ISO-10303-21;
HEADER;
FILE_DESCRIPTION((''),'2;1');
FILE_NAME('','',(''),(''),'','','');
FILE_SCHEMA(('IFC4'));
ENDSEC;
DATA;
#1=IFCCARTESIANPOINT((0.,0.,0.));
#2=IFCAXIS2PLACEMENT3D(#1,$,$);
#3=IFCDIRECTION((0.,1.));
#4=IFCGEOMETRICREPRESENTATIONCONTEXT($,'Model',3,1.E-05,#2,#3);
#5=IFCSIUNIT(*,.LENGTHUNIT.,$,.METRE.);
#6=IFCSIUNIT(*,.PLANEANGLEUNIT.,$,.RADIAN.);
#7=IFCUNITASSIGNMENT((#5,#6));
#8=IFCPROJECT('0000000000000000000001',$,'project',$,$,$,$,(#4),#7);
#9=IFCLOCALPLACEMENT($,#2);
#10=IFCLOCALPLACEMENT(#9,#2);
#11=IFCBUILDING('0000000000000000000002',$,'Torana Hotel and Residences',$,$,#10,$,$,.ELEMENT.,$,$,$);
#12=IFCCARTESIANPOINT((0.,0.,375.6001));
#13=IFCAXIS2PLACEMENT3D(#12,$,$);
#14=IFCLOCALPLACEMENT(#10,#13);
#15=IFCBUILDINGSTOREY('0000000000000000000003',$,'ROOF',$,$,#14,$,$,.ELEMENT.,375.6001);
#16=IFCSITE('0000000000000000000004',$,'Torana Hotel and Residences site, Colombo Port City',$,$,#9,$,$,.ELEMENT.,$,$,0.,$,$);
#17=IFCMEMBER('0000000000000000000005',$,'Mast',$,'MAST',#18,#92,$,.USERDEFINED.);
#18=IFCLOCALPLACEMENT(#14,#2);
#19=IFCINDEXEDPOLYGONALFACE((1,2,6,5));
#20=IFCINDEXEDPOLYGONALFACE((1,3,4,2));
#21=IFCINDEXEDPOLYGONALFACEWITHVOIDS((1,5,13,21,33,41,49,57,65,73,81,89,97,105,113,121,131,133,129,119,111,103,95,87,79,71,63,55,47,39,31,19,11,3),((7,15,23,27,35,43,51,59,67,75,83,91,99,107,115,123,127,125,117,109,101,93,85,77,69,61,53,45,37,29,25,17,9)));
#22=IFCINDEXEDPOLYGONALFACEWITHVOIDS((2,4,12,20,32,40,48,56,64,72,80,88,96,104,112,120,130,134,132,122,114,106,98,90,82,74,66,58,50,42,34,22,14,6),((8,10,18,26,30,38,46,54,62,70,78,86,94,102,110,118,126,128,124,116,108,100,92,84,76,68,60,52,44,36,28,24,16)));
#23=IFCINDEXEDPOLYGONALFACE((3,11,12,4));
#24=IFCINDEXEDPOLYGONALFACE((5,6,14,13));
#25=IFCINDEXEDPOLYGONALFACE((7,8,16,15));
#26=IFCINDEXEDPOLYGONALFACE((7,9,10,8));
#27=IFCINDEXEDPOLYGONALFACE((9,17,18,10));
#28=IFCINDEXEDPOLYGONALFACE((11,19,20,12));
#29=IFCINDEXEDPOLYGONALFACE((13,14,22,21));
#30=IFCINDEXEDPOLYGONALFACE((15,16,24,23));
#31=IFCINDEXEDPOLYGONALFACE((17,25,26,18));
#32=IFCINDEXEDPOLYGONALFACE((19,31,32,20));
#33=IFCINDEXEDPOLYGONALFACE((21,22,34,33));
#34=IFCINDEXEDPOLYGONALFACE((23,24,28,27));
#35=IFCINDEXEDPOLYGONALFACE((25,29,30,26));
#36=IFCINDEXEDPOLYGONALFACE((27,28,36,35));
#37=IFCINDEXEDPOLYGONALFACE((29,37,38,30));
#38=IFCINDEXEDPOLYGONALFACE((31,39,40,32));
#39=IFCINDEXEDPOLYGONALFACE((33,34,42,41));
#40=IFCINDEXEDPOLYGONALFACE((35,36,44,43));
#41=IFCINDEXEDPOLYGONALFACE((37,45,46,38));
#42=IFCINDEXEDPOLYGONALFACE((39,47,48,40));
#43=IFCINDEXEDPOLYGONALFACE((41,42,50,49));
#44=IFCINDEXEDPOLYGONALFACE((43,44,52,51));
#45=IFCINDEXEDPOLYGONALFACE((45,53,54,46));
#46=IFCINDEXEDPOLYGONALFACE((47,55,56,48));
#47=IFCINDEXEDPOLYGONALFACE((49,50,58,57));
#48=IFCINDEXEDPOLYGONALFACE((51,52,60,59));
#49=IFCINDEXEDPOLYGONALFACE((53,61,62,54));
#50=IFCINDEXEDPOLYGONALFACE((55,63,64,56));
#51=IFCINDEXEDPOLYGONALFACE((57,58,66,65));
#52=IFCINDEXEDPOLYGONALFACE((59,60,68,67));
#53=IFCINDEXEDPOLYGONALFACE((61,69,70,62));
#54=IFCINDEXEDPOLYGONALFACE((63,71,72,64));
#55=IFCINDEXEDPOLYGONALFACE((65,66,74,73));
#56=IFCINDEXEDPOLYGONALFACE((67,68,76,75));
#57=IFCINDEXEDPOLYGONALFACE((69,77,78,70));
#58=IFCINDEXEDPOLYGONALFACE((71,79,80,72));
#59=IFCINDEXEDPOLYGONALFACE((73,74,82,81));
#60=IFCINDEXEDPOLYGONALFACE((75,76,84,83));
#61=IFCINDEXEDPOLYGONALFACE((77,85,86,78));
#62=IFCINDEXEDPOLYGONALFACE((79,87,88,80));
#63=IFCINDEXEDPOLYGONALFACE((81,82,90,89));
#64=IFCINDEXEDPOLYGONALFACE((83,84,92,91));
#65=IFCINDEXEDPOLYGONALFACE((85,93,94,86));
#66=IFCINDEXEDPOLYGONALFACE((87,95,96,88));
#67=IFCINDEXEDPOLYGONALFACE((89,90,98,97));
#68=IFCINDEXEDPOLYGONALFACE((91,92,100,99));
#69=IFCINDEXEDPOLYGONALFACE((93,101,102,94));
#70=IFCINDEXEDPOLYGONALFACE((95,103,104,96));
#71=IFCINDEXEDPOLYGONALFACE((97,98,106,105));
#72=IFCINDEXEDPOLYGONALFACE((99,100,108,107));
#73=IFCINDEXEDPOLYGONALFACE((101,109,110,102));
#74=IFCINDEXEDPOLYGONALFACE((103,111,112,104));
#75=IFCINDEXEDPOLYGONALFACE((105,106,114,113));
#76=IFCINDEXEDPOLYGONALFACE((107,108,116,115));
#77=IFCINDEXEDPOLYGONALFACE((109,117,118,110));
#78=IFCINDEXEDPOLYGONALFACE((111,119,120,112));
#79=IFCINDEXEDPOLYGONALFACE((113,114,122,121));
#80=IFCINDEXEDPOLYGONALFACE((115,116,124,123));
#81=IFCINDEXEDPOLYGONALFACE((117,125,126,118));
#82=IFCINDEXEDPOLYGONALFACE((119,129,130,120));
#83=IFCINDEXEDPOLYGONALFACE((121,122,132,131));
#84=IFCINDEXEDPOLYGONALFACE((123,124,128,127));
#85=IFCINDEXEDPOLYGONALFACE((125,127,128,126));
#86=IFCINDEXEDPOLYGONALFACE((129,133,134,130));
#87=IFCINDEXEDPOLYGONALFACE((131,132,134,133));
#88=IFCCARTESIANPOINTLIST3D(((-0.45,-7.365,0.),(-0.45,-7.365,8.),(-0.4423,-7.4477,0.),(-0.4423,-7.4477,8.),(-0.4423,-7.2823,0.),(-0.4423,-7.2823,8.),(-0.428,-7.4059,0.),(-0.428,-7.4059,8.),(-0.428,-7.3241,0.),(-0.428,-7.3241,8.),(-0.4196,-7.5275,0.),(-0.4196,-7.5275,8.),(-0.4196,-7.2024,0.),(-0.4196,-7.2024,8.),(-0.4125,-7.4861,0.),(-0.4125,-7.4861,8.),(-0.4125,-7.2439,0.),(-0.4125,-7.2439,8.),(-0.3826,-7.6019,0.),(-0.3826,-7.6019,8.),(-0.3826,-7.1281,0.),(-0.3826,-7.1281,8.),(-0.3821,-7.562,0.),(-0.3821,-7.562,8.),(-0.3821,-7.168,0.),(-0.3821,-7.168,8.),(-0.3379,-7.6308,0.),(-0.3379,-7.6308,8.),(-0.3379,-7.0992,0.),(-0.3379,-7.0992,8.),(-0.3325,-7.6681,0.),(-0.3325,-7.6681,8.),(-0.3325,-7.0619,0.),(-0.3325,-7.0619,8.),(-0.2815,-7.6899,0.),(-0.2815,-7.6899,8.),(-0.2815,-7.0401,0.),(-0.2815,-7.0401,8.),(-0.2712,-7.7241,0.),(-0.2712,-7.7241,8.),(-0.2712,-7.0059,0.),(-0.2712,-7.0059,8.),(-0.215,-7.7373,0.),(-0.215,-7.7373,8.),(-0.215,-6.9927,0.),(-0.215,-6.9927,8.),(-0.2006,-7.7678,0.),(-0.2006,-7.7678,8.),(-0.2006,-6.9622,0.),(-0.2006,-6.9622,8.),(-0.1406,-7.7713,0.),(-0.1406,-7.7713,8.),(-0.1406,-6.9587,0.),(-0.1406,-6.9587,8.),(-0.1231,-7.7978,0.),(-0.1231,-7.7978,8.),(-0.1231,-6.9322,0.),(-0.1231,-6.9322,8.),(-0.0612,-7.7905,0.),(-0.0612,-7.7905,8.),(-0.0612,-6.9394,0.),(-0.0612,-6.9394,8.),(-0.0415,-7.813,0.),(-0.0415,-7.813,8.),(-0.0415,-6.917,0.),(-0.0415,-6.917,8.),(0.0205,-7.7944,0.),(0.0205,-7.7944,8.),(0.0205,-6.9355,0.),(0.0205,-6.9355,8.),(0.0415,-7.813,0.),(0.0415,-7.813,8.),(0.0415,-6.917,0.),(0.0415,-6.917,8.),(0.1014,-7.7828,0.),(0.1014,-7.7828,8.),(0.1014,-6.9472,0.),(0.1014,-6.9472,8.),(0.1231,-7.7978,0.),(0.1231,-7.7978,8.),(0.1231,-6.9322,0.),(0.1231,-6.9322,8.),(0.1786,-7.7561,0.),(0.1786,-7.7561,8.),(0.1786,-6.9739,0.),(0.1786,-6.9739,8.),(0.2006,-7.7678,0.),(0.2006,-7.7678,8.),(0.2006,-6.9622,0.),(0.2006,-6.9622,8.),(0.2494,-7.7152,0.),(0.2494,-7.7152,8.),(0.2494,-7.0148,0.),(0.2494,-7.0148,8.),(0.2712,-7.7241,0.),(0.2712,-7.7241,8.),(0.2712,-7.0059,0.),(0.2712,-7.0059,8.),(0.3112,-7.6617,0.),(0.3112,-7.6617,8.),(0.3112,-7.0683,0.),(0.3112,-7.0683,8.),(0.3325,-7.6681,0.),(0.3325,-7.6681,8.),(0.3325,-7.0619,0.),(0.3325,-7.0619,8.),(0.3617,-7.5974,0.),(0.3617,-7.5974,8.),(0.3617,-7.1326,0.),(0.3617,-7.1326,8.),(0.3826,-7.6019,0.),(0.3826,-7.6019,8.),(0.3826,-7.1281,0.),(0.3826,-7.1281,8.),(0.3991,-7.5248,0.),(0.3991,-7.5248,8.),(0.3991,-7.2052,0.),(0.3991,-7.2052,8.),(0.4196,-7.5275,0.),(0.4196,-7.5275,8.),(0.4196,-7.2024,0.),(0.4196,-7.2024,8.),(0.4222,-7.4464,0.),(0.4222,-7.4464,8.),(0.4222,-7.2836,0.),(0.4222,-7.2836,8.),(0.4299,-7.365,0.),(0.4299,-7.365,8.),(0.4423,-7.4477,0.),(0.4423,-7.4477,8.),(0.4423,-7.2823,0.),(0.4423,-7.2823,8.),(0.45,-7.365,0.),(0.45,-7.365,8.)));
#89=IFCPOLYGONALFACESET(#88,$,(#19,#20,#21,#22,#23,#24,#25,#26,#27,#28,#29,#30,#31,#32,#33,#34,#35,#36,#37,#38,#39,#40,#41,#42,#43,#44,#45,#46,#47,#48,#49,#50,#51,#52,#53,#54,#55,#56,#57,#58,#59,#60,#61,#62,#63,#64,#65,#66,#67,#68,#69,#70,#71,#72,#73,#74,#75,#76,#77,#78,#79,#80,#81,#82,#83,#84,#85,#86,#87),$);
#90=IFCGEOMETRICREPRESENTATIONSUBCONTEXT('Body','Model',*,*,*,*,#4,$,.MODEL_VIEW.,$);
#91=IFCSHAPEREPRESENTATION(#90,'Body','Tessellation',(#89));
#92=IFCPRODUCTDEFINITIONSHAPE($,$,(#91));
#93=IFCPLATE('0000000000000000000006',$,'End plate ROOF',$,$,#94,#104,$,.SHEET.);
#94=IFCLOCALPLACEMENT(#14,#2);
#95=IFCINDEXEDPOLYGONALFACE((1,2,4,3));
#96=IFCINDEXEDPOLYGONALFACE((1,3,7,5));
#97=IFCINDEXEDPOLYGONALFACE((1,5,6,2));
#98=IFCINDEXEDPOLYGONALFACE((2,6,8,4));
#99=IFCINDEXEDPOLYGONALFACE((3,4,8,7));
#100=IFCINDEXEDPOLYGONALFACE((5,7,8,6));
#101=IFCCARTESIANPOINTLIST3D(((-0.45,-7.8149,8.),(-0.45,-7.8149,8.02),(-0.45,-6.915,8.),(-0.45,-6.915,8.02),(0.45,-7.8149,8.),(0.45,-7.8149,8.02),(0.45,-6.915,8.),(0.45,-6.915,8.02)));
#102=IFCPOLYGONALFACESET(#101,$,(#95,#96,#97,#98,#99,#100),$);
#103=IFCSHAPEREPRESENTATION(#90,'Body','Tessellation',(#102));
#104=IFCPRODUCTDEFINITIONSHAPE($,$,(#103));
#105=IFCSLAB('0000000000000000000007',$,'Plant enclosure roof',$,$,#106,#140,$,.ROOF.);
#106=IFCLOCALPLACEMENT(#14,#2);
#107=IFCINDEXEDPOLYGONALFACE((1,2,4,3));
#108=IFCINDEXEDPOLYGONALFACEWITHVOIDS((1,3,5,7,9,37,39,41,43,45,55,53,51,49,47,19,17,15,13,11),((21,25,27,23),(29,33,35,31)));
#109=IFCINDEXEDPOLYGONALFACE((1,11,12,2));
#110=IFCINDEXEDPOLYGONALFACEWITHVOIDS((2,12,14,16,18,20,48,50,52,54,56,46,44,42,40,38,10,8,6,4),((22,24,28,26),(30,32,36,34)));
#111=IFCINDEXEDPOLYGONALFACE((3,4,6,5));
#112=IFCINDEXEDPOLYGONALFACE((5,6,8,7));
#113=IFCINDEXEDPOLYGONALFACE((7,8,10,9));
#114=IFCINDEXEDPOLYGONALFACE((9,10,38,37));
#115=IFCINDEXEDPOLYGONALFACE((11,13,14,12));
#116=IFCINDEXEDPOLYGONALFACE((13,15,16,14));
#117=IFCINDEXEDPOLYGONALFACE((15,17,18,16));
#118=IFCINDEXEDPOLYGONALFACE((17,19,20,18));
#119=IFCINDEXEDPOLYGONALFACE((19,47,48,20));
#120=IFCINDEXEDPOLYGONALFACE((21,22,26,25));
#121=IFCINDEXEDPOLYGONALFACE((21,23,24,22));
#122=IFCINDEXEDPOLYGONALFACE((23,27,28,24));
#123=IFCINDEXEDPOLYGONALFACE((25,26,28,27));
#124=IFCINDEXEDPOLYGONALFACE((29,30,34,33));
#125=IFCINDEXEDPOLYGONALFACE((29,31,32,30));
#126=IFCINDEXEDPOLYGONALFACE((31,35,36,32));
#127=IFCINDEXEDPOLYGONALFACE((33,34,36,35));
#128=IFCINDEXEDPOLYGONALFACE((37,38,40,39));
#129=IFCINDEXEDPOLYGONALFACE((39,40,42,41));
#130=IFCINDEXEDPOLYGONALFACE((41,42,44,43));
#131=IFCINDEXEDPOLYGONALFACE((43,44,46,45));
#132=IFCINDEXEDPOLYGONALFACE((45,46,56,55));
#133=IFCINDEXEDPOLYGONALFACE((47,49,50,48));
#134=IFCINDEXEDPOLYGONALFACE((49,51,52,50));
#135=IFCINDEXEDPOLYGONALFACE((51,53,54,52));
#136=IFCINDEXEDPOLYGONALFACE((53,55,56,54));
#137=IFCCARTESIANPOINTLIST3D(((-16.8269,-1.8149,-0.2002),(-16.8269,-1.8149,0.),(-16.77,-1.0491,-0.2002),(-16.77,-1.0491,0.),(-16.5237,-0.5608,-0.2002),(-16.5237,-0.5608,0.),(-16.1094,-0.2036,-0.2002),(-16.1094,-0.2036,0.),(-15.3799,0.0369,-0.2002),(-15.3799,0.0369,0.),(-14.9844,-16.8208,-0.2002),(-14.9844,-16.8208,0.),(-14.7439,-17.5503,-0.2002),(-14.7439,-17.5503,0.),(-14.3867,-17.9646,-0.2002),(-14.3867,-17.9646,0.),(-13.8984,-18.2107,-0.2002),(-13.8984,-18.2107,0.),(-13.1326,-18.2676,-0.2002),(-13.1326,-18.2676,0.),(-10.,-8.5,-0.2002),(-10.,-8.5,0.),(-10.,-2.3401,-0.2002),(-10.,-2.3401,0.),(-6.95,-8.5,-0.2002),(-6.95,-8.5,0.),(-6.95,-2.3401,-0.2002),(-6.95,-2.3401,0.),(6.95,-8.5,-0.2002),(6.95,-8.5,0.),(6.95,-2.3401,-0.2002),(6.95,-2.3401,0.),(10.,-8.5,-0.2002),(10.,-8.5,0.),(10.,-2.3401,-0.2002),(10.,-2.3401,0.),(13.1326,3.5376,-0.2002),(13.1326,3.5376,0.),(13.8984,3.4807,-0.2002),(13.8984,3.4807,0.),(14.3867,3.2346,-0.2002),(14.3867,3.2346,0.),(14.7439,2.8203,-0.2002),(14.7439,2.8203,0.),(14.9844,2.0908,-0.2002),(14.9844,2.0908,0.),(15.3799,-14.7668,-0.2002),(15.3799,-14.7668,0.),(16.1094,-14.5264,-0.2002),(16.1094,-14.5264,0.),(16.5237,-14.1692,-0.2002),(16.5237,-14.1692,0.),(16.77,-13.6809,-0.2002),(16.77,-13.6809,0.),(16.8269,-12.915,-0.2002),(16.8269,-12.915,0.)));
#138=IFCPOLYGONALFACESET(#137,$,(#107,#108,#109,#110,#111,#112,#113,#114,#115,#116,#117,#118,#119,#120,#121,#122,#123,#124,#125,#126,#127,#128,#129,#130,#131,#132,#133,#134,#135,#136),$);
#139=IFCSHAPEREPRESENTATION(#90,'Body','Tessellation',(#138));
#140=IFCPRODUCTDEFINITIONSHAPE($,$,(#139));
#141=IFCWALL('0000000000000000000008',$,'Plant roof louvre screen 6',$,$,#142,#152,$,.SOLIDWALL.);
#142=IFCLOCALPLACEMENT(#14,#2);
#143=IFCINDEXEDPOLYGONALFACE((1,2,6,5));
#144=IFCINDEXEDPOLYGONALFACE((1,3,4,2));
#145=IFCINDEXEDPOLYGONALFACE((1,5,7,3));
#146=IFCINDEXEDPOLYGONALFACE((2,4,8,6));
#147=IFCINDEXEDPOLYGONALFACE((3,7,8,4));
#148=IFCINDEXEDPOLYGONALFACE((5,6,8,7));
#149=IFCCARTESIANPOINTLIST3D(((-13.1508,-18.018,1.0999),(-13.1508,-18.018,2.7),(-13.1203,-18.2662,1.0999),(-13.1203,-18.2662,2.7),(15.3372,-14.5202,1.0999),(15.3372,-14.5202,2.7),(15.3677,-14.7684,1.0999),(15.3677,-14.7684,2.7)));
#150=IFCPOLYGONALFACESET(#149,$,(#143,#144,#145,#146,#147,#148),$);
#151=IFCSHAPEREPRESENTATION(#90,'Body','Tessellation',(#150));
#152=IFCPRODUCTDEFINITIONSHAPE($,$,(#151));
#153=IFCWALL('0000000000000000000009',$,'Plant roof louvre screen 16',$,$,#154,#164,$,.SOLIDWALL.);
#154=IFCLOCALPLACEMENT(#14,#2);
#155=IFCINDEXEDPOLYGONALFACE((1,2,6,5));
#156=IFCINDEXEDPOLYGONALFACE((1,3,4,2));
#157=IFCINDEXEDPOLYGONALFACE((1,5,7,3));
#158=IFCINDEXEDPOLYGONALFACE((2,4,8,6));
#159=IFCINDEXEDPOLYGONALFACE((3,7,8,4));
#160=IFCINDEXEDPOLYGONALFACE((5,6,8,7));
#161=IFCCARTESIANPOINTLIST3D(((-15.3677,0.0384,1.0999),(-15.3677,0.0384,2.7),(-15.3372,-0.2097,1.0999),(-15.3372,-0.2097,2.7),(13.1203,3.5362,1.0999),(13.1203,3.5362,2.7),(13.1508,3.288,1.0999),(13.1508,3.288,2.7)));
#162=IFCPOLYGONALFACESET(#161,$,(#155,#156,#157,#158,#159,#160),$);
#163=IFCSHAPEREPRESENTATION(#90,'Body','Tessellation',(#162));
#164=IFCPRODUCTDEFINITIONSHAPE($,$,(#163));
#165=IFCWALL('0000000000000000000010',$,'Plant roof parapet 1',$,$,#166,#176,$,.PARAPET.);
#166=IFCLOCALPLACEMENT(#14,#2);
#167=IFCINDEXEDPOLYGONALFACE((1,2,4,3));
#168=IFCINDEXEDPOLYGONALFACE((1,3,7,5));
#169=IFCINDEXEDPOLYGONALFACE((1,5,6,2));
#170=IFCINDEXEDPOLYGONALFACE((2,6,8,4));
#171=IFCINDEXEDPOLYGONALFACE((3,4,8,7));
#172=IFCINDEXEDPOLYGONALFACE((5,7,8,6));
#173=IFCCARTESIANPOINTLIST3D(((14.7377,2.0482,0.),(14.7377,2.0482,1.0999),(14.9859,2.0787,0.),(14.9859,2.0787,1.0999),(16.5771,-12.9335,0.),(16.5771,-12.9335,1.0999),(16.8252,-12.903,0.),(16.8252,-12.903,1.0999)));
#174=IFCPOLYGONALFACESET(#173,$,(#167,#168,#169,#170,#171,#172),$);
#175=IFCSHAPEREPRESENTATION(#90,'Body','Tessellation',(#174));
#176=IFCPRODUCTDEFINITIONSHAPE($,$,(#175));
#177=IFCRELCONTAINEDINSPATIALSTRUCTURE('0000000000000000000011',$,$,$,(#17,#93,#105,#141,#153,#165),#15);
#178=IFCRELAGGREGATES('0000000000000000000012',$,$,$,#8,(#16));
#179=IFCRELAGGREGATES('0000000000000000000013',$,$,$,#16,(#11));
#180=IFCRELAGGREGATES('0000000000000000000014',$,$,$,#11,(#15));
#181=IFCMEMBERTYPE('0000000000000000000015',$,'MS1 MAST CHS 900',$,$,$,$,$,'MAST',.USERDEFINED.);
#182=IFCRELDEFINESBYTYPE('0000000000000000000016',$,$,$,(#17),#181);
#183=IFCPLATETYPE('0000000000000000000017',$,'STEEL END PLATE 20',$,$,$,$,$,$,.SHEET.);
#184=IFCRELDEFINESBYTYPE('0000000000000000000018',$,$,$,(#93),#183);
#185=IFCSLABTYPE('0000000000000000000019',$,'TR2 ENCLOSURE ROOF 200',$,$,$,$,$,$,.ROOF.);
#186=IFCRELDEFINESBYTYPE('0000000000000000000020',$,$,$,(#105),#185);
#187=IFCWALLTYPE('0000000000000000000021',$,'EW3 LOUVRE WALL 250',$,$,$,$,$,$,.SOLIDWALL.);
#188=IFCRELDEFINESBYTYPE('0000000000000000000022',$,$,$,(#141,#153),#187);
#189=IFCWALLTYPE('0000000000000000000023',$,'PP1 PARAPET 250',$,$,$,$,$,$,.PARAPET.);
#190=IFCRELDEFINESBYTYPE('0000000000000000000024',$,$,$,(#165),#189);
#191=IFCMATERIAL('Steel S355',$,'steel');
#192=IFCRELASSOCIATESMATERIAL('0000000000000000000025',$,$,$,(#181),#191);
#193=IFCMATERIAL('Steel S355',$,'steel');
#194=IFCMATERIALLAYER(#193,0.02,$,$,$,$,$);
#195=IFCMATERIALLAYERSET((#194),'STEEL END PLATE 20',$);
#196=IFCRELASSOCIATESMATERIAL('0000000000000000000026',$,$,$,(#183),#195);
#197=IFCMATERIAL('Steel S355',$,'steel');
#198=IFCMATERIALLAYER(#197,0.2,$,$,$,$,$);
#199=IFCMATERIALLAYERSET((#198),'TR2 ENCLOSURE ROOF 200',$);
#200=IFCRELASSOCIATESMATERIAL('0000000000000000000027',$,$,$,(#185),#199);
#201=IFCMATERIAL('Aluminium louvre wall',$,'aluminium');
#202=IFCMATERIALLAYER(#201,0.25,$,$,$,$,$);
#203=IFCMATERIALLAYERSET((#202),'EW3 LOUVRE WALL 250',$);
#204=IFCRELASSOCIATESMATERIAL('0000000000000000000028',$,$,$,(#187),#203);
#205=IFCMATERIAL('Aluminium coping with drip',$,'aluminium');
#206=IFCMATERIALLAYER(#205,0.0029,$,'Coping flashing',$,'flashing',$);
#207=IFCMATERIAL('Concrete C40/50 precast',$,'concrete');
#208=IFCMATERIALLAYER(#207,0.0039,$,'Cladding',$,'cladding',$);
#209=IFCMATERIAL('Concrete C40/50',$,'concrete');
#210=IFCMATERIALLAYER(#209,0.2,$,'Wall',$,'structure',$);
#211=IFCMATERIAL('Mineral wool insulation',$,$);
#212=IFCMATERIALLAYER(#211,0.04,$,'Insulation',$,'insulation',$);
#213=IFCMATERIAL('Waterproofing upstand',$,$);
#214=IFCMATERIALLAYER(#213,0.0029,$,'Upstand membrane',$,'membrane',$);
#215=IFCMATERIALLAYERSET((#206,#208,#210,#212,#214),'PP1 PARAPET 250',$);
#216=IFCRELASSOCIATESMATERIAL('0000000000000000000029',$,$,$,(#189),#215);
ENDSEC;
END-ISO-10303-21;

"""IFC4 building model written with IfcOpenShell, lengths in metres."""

from ifc_helpers import new_model, si_unit, direction, frame, frame_2d, origin, origin_2d, place, context, subcontext, project, spatial, polyline, rectangle, hollow_circle, outline, extrude, material, layer, layer_set, material_profile, profile_set, type_object, element, save


model = new_model("IFC4")

# Units and contexts
model_context = context("Model", 3, precision=1e-05, world=origin(), true_north=direction((0.0, 1.0)))
body_context = subcontext(model_context, "Body", "Model", "MODEL_VIEW")
ifc_project = project(units=[si_unit("LENGTHUNIT", "METRE"), si_unit("PLANEANGLEUNIT", "RADIAN")], contexts=[model_context])

# Site, building, storey
site_placement = place(None, origin())
site = spatial("IfcSite", under=ifc_project, at=site_placement, Name="Torana Hotel and Residences site, Colombo Port City", CompositionType="ELEMENT", RefElevation=0.0)
building_placement = place(site_placement, origin())
building = spatial("IfcBuilding", under=site, at=building_placement, Name="Torana Hotel and Residences", CompositionType="ELEMENT")
storey_placement = place(building_placement, frame((0.0, 0.0, 375.6001)))
storey = spatial("IfcBuildingStorey", under=building, at=storey_placement, Name="ROOF", CompositionType="ELEMENT", Elevation=375.6001)

# Member
ifc_material_1 = material(Name="Steel S355", Category="steel")
ifc_material_profile = material_profile(ifc_material_1, hollow_circle(Radius=0.45, WallThickness=0.02, at=origin_2d()), Name="CHS 900x20")
ifc_profile_set = profile_set([ifc_material_profile], Name="Steel S355")
member_type = type_object("IfcMemberType", Name="MS1 MAST CHS 900", ElementType="MAST", PredefinedType="USERDEFINED", material=ifc_profile_set)
member_placement = place(storey_placement, frame((0.0, -7.365, 0.0), z_axis=(0.0, 0.0, 1.0), x_axis=(1.0, 0.0, 0.0)))
element("IfcMember", 1, at=member_placement, inside=storey, type_object=member_type, Name="Mast", ObjectType="MAST", PredefinedType="USERDEFINED", context=body_context, shape_type="SweptSolid", body=[
    extrude(hollow_circle(Radius=0.45, WallThickness=0.02, at=origin_2d()), origin(), (0.0, 0.0, 1.0), 8.0),
])

# Plate
ifc_material_2 = material(Name="Steel S355", Category="steel")
ifc_layer_1 = layer(ifc_material_2, 0.02)
ifc_layer_set_1 = layer_set([ifc_layer_1], Name="STEEL END PLATE 20")
plate_type = type_object("IfcPlateType", Name="STEEL END PLATE 20", PredefinedType="SHEET", material=ifc_layer_set_1)
plate_placement = place(storey_placement, frame((0.0, -7.365, 8.0), z_axis=(0.0, 0.0, 1.0), x_axis=(1.0, 0.0, 0.0)))
element("IfcPlate", 2, at=plate_placement, inside=storey, type_object=plate_type, Name="End plate ROOF", PredefinedType="SHEET", context=body_context, shape_type="SweptSolid", body=[
    extrude(rectangle(XDim=0.8999, YDim=0.8999, at=origin_2d()), origin(), (0.0, 0.0, 1.0), 0.02),
])

# Slab
ifc_material_3 = material(Name="Steel S355", Category="steel")
ifc_layer_2 = layer(ifc_material_3, 0.2)
ifc_layer_set_2 = layer_set([ifc_layer_2], Name="TR2 ENCLOSURE ROOF 200")
slab_type = type_object("IfcSlabType", Name="TR2 ENCLOSURE ROOF 200", PredefinedType="ROOF", material=ifc_layer_set_2)
slab_placement = place(storey_placement, frame((0.0, 0.0, -0.2002)))
element("IfcSlab", 3, at=slab_placement, inside=storey, type_object=slab_type, Name="Plant enclosure roof", PredefinedType="ROOF", context=body_context, shape_type="SweptSolid", body=[
    extrude(outline(polyline([(14.9844, 2.0908), (16.8269, -12.915), (16.77, -13.6809), (16.5237, -14.1692), (16.1094, -14.5264), (15.3799, -14.7668), (-13.1326, -18.2676), (-13.8984, -18.2107), (-14.3867, -17.9646), (-14.7439, -17.5503), (-14.9844, -16.8208), (-16.8269, -1.8149), (-16.77, -1.0491), (-16.5237, -0.5608), (-16.1094, -0.2036), (-15.3799, 0.0369), (13.1326, 3.5376), (13.8984, 3.4807), (14.3867, 3.2346), (14.7439, 2.8203), (14.9844, 2.0908)]), holes=[polyline([(-10.0, -8.5), (-6.95, -8.5), (-6.95, -2.3401), (-10.0, -2.3401), (-10.0, -8.5)]), polyline([(6.95, -8.5), (10.0, -8.5), (10.0, -2.3401), (6.95, -2.3401), (6.95, -8.5)])]), origin(), (0.0, 0.0, 1.0), 0.2002),
])

# Walls
ifc_material_4 = material(Name="Aluminium louvre wall", Category="aluminium")
ifc_layer_3 = layer(ifc_material_4, 0.25)
ifc_layer_set_3 = layer_set([ifc_layer_3], Name="EW3 LOUVRE WALL 250")
wall_type_1 = type_object("IfcWallType", Name="EW3 LOUVRE WALL 250", PredefinedType="SOLIDWALL", material=ifc_layer_set_3)
for number, where, z_axis, x_axis, name in (
    (4, (15.3525, -14.6443, 1.0999), (0.0, 0.0, 1.0), (-0.992547, -0.121866, 0.0), "Plant roof louvre screen 6"),
    (5, (-15.3525, -0.0857, 1.0999), (0.0, 0.0, 1.0), (0.992547, 0.121866, 0.0), "Plant roof louvre screen 16"),
):
    element("IfcWall", number, at=place(storey_placement, frame(where, z_axis=z_axis, x_axis=x_axis)), inside=storey, type_object=wall_type_1, Name=name, PredefinedType="SOLIDWALL", context=body_context, shape_type="SweptSolid", body=[
        extrude(rectangle(XDim=28.7019, YDim=0.25, at=frame_2d((14.3511, 0.0))), origin(), (0.0, 0.0, 1.0), 1.6001),
    ])
ifc_material_5 = material(Name="Aluminium coping with drip", Category="aluminium")
ifc_layer_4 = layer(ifc_material_5, 0.0029, Name="Coping flashing", Category="flashing")
ifc_material_6 = material(Name="Concrete C40/50 precast", Category="concrete")
ifc_layer_5 = layer(ifc_material_6, 0.0039, Name="Cladding", Category="cladding")
ifc_material_7 = material(Name="Concrete C40/50", Category="concrete")
ifc_layer_6 = layer(ifc_material_7, 0.2, Name="Wall", Category="structure")
ifc_material_8 = material(Name="Mineral wool insulation")
ifc_layer_7 = layer(ifc_material_8, 0.04, Name="Insulation", Category="insulation")
ifc_material_9 = material(Name="Waterproofing upstand")
ifc_layer_8 = layer(ifc_material_9, 0.0029, Name="Upstand membrane", Category="membrane")
ifc_layer_set_4 = layer_set([ifc_layer_4, ifc_layer_5, ifc_layer_6, ifc_layer_7, ifc_layer_8], Name="PP1 PARAPET 250")
wall_type_2 = type_object("IfcWallType", Name="PP1 PARAPET 250", PredefinedType="PARAPET", material=ifc_layer_set_4)
wall_1_placement = place(storey_placement, frame((14.8618, 2.0635, 0.0), z_axis=(0.0, 0.0, 1.0), x_axis=(0.121859, -0.992547, 0.0)))
element("IfcWall", 6, at=wall_1_placement, inside=storey, type_object=wall_type_2, Name="Plant roof parapet 1", PredefinedType="PARAPET", context=body_context, shape_type="SweptSolid", body=[
    extrude(rectangle(XDim=15.0942, YDim=0.25, at=frame_2d((7.5471, 0.0))), origin(), (0.0, 0.0, 1.0), 1.0999),
])

save(model, "model.ifc")
